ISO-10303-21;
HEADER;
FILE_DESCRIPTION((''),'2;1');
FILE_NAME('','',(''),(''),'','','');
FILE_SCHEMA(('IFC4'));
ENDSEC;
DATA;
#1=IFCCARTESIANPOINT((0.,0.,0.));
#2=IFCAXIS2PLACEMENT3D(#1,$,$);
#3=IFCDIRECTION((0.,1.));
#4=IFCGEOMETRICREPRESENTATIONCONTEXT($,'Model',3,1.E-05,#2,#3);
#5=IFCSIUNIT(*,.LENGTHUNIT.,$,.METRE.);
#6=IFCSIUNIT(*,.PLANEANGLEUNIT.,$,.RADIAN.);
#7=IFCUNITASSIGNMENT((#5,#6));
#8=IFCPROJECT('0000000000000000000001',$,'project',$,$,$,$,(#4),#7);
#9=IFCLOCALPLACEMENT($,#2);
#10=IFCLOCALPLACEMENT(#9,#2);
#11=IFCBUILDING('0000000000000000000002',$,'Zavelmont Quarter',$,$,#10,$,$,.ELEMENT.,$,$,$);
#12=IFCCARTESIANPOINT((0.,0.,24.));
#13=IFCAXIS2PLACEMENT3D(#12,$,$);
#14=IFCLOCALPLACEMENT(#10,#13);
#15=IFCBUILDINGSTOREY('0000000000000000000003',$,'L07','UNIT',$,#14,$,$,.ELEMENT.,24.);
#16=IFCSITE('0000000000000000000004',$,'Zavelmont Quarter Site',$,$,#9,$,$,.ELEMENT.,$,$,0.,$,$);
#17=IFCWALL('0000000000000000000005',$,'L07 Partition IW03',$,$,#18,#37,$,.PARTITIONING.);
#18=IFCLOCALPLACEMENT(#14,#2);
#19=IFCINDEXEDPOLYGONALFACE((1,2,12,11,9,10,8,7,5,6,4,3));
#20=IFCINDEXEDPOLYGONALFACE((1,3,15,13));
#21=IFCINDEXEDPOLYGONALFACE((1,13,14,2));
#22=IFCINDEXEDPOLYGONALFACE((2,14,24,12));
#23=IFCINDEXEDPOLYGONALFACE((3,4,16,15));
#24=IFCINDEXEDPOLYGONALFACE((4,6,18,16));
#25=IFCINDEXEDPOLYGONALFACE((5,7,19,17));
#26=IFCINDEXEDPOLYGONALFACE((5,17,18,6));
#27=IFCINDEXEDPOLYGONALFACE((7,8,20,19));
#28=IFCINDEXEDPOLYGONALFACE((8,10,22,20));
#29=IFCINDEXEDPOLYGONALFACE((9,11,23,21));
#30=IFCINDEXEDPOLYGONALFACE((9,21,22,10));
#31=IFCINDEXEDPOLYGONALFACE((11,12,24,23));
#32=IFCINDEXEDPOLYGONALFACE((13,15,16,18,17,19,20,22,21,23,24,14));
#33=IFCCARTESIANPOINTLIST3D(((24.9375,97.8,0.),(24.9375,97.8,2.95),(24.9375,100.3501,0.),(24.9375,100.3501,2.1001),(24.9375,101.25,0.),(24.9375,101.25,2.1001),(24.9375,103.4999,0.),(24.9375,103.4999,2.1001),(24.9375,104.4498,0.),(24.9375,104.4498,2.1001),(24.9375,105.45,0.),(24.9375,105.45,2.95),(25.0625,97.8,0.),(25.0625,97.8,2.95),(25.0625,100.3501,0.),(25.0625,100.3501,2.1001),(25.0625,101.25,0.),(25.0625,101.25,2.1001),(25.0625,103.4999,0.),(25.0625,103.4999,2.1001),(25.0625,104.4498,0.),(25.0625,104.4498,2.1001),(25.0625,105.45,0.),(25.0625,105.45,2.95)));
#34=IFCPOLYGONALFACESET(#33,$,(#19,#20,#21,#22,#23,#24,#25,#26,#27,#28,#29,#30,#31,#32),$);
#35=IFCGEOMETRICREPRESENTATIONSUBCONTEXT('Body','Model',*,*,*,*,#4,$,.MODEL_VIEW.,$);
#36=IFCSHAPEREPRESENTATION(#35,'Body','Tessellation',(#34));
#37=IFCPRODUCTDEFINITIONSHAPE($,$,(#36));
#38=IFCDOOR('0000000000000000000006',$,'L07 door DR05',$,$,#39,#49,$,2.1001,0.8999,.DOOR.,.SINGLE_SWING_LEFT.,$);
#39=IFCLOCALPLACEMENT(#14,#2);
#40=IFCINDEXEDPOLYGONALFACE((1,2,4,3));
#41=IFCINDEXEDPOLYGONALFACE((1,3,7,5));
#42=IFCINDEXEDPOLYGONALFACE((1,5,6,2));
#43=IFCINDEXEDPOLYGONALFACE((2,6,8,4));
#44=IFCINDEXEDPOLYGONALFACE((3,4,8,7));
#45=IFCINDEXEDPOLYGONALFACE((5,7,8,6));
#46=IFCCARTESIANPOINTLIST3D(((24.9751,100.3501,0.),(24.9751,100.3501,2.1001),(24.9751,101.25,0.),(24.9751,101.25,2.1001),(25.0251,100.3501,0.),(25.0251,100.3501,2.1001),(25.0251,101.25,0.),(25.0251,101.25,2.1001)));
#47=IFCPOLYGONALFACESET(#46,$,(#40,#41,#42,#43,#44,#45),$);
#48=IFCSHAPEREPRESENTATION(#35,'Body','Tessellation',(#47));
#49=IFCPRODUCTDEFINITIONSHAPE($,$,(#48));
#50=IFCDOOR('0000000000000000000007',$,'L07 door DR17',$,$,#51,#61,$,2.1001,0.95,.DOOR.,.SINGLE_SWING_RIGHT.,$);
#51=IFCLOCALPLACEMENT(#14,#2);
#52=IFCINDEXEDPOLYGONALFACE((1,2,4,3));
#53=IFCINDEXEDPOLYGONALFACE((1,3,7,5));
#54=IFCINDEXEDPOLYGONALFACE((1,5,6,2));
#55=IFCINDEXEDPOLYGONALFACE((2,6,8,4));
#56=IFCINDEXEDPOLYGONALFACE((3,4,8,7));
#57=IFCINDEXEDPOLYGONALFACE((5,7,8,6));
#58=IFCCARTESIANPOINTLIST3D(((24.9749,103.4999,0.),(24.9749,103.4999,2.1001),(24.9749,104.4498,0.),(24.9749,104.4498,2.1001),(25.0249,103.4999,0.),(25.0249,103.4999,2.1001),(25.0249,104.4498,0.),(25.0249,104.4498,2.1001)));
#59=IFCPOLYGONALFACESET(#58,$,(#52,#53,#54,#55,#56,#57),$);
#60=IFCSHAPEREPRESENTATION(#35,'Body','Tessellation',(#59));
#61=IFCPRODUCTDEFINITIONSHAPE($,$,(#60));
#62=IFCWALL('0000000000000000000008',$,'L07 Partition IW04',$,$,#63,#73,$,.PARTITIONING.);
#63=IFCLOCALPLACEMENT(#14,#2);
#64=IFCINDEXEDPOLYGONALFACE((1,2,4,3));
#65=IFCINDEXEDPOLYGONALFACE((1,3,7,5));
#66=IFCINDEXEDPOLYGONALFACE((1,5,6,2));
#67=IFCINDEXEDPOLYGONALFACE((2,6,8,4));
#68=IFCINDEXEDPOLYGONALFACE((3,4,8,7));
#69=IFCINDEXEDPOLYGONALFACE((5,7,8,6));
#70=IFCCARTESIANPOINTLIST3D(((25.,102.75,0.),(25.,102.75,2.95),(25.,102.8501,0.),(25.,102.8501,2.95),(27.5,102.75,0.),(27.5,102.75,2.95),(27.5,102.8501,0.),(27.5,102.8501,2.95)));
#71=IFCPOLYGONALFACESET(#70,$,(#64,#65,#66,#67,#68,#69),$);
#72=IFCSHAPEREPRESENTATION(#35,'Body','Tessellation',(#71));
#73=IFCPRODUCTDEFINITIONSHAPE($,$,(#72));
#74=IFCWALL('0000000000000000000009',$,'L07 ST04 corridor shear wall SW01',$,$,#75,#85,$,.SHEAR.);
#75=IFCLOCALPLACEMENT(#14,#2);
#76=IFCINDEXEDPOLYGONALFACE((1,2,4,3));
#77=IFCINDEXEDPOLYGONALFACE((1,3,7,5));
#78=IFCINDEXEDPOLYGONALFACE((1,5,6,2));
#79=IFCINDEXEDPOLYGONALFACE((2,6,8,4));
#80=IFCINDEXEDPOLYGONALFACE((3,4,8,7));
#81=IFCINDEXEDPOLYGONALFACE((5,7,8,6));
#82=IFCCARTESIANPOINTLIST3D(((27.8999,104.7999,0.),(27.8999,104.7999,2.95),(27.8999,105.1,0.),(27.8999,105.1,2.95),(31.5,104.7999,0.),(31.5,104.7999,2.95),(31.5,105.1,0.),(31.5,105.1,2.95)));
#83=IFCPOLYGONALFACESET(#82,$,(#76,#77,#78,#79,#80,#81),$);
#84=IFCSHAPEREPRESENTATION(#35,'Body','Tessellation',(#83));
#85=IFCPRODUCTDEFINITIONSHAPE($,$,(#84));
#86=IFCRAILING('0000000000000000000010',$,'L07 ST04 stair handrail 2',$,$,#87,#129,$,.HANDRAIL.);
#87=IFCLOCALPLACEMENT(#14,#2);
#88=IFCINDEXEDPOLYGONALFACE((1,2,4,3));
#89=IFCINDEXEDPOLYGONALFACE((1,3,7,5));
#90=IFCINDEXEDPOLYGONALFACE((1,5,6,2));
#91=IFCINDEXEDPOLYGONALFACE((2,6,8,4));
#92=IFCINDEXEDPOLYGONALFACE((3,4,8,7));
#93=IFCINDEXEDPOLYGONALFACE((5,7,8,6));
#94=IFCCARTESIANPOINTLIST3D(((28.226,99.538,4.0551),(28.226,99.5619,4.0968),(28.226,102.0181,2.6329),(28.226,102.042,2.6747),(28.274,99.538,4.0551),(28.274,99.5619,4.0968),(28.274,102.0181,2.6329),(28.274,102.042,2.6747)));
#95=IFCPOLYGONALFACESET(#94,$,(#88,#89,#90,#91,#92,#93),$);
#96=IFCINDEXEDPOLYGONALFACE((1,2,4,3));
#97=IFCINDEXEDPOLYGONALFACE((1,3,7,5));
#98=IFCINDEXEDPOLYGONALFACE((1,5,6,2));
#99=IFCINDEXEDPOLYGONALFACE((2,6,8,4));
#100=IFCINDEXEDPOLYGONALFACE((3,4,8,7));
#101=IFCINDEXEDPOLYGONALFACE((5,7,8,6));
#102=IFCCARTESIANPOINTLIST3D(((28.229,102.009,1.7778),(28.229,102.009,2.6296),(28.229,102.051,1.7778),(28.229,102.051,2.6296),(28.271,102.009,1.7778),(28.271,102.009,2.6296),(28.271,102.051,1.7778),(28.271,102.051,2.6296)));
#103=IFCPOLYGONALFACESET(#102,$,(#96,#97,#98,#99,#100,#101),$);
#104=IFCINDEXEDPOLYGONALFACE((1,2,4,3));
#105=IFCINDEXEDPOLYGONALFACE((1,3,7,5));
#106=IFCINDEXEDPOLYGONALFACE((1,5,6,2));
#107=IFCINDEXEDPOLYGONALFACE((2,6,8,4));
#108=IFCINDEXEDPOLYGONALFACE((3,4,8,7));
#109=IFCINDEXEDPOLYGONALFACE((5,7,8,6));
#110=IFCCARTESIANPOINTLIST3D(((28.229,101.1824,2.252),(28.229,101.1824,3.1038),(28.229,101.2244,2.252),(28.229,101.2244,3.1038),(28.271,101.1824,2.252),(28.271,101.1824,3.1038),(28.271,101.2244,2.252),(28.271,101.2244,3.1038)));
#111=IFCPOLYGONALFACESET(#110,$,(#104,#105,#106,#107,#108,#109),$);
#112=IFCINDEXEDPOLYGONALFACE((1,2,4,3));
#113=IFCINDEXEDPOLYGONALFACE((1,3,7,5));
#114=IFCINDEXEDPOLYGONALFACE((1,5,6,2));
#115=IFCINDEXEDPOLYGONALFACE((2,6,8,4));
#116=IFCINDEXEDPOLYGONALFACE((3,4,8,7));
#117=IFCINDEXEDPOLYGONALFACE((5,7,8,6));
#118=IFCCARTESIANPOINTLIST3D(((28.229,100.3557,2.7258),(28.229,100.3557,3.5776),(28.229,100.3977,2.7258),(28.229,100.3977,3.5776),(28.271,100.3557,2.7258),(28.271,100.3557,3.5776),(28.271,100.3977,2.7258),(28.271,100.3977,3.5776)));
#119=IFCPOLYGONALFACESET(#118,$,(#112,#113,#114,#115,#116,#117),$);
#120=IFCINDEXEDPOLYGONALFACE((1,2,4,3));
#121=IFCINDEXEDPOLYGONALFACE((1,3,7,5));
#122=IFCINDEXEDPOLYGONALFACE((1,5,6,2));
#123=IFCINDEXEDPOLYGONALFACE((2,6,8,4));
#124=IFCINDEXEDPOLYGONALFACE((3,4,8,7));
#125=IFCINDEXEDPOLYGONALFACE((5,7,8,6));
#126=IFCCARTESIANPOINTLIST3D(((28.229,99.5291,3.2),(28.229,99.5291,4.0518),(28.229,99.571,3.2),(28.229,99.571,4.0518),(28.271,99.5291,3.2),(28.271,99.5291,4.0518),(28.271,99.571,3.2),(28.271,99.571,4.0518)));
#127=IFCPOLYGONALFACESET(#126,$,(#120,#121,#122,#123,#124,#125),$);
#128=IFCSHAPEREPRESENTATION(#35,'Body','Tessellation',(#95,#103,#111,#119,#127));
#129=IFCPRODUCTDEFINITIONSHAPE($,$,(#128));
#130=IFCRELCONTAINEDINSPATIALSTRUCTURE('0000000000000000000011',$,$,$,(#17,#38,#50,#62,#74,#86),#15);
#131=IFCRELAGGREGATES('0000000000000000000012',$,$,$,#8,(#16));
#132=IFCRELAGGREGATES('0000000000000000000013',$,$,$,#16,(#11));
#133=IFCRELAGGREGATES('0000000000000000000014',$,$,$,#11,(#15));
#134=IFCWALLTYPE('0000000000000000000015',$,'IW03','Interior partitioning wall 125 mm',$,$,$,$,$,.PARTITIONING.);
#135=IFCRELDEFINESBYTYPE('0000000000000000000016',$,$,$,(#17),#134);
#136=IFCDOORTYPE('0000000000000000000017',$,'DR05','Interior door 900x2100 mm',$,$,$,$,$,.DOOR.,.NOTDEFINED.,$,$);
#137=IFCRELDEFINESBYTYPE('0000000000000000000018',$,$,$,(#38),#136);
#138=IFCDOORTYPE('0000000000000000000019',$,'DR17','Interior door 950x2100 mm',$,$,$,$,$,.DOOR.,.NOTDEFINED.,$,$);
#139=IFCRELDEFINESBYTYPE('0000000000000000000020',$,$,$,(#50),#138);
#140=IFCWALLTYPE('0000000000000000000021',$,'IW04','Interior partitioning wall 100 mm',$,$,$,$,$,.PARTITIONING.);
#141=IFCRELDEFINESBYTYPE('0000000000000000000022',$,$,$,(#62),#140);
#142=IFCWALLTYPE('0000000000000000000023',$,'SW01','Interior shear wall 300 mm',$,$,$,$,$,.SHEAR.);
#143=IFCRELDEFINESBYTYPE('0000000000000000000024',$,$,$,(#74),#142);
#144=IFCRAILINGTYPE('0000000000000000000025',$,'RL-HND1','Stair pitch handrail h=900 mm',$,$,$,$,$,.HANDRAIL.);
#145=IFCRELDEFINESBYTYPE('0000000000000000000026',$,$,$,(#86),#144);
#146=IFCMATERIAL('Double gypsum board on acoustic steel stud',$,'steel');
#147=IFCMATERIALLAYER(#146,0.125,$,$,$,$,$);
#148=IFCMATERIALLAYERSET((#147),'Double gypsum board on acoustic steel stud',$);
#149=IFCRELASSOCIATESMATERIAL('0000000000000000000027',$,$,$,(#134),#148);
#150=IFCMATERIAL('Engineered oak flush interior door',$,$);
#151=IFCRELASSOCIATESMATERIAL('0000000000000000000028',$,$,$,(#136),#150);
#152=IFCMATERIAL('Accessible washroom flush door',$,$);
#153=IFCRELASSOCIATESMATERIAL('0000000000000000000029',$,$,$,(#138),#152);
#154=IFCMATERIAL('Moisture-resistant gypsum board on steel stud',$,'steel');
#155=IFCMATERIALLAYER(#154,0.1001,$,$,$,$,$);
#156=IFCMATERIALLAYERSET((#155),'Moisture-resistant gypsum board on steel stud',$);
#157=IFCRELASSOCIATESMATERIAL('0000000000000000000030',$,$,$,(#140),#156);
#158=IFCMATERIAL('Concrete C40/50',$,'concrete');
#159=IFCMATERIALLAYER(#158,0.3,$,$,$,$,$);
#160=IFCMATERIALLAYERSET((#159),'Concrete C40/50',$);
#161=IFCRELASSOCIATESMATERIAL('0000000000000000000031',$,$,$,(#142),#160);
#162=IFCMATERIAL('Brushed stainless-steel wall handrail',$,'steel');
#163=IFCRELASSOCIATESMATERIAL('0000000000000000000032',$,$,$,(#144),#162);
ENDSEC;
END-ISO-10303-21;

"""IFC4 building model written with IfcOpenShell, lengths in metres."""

from ifc_helpers import new_model, si_unit, direction, frame, frame_2d, origin, origin_with_axes, origin_2d, place, context, subcontext, project, spatial, rectangle, extrude, material, layer, layer_set, type_object, element, fill, save


model = new_model("IFC4")

# Units and contexts
model_context = context("Model", 3, precision=1e-05, world=origin(), true_north=direction((0.0, 1.0)))
body_context = subcontext(model_context, "Body", "Model", "MODEL_VIEW")
ifc_project = project(units=[si_unit("LENGTHUNIT", "METRE"), si_unit("PLANEANGLEUNIT", "RADIAN")], contexts=[model_context])

# Site, building, storey
site_placement = place(None, origin())
site = spatial("IfcSite", under=ifc_project, at=site_placement, Name="Zavelmont Quarter Site", CompositionType="ELEMENT", RefElevation=0.0)
building_placement = place(site_placement, origin())
building = spatial("IfcBuilding", under=site, at=building_placement, Name="Zavelmont Quarter", CompositionType="ELEMENT")
storey_placement = place(building_placement, frame((0.0, 0.0, 24.0)))
storey = spatial("IfcBuildingStorey", under=building, at=storey_placement, Name="L07", Description="UNIT", CompositionType="ELEMENT", Elevation=24.0)

# Shared definitions
ifc_material_1 = material(Name="Concrete C40/50", Category="concrete")

# Wall, openings, doors
ifc_material_2 = material(Name="Double gypsum board on acoustic steel stud", Category="steel")
ifc_layer_1 = layer(ifc_material_2, 0.125)
ifc_layer_set_1 = layer_set([ifc_layer_1], Name="Double gypsum board on acoustic steel stud")
wall_type_1 = type_object("IfcWallType", Name="IW03", Description="Interior partitioning wall 125 mm", PredefinedType="PARTITIONING", material=ifc_layer_set_1)
wall_1_placement = place(storey_placement, frame((25.0, 105.45, 0.0), z_axis=(0.0, 0.0, 1.0), x_axis=(0.0, -1.0, 0.0)))
wall_1 = element("IfcWall", 1, at=wall_1_placement, inside=storey, type_object=wall_type_1, Name="L07 Partition IW03", PredefinedType="PARTITIONING", context=body_context, shape_type="SweptSolid", body=[
    extrude(rectangle(XDim=7.6499, YDim=0.125, at=frame_2d((3.825, 0.0))), origin(), (0.0, 0.0, 1.0), 2.95),
])
opening_1_placement = place(wall_1_placement, frame((1.0, 0.0, 0.0)))
opening_1 = element("IfcOpeningElement", 2, at=opening_1_placement, cuts=wall_1, PredefinedType="OPENING", context=body_context, shape_type="SweptSolid", body=[
    extrude(rectangle(XDim=0.95, YDim=2.1001, at=frame_2d((0.4751, 1.05))), frame((0.0, 0.0745, 0.0), z_axis=(0.0, -1.0, 0.0), x_axis=(1.0, 0.0, 0.0)), (0.0, 0.0, 1.0), 0.1489),
])
opening_2_placement = place(wall_1_placement, frame((4.2, 0.0, 0.0)))
opening_2 = element("IfcOpeningElement", 3, at=opening_2_placement, cuts=wall_1, PredefinedType="OPENING", context=body_context, shape_type="SweptSolid", body=[
    extrude(rectangle(XDim=0.8999, YDim=2.1001, at=frame_2d((0.45, 1.05))), frame((0.0, 0.0745, 0.0), z_axis=(0.0, -1.0, 0.0), x_axis=(1.0, 0.0, 0.0)), (0.0, 0.0, 1.0), 0.1489),
])
ifc_material_3 = material(Name="Engineered oak flush interior door")
door_type_1 = type_object("IfcDoorType", Name="DR05", Description="Interior door 900x2100 mm", OperationType="NOTDEFINED", PredefinedType="DOOR", material=ifc_material_3)
door_1_placement = place(opening_2_placement, frame((0.8999, 0.0, 0.0), z_axis=(0.0, 0.0, 1.0), x_axis=(-1.0, 0.0, 0.0)))
door_1 = element("IfcDoor", 4, at=door_1_placement, inside=storey, type_object=door_type_1, Name="L07 door DR05", OperationType="SINGLE_SWING_LEFT", OverallHeight=2.1001, OverallWidth=0.8999, PredefinedType="DOOR", context=body_context, shape_type="SweptSolid", body=[
    extrude(rectangle(XDim=0.8999, YDim=2.1001, at=frame_2d((0.45, 1.05))), frame((0.0, 0.0249, 0.0), z_axis=(0.0, -1.0, 0.0), x_axis=(1.0, 0.0, 0.0)), (0.0, 0.0, 1.0), 0.05),
])
fill(opening_2, door_1)
ifc_material_4 = material(Name="Accessible washroom flush door")
door_type_2 = type_object("IfcDoorType", Name="DR17", Description="Interior door 950x2100 mm", OperationType="NOTDEFINED", PredefinedType="DOOR", material=ifc_material_4)
door_2_placement = place(opening_1_placement, origin_with_axes())
door_2 = element("IfcDoor", 5, at=door_2_placement, inside=storey, type_object=door_type_2, Name="L07 door DR17", OperationType="SINGLE_SWING_RIGHT", OverallHeight=2.1001, OverallWidth=0.95, PredefinedType="DOOR", context=body_context, shape_type="SweptSolid", body=[
    extrude(rectangle(XDim=0.95, YDim=2.1001, at=frame_2d((0.4751, 1.05))), frame((0.0, 0.0249, 0.0), z_axis=(0.0, -1.0, 0.0), x_axis=(1.0, 0.0, 0.0)), (0.0, 0.0, 1.0), 0.05),
])
fill(opening_1, door_2)

# Walls
ifc_material_5 = material(Name="Moisture-resistant gypsum board on steel stud", Category="steel")
ifc_layer_2 = layer(ifc_material_5, 0.1001)
ifc_layer_set_2 = layer_set([ifc_layer_2], Name="Moisture-resistant gypsum board on steel stud")
wall_type_2 = type_object("IfcWallType", Name="IW04", Description="Interior partitioning wall 100 mm", PredefinedType="PARTITIONING", material=ifc_layer_set_2)
wall_2_placement = place(storey_placement, frame((25.0, 102.8, 0.0), z_axis=(0.0, 0.0, 1.0), x_axis=(1.0, 0.0, 0.0)))
element("IfcWall", 6, at=wall_2_placement, inside=storey, type_object=wall_type_2, Name="L07 Partition IW04", PredefinedType="PARTITIONING", context=body_context, shape_type="SweptSolid", body=[
    extrude(rectangle(XDim=2.5, YDim=0.1001, at=frame_2d((1.25, 0.0))), origin(), (0.0, 0.0, 1.0), 2.95),
])
ifc_layer_3 = layer(ifc_material_1, 0.3)
ifc_layer_set_3 = layer_set([ifc_layer_3], Name="Concrete C40/50")
wall_type_3 = type_object("IfcWallType", Name="SW01", Description="Interior shear wall 300 mm", PredefinedType="SHEAR", material=ifc_layer_set_3)
wall_3_placement = place(storey_placement, frame((27.8999, 104.95, 0.0), z_axis=(0.0, 0.0, 1.0), x_axis=(1.0, 0.0, 0.0)))
element("IfcWall", 7, at=wall_3_placement, inside=storey, type_object=wall_type_3, Name="L07 ST04 corridor shear wall SW01", PredefinedType="SHEAR", context=body_context, shape_type="SweptSolid", body=[
    extrude(rectangle(XDim=3.6001, YDim=0.3, at=frame_2d((1.8, 0.0))), origin(), (0.0, 0.0, 1.0), 2.95),
])

# Railing
ifc_material_6 = material(Name="Brushed stainless-steel wall handrail", Category="steel")
railing_type = type_object("IfcRailingType", Name="RL-HND1", Description="Stair pitch handrail h=900 mm", PredefinedType="HANDRAIL", material=ifc_material_6)
railing_placement = place(storey_placement, frame((28.25, 102.03, 1.7778)))
element("IfcRailing", 8, at=railing_placement, inside=storey, type_object=railing_type, Name="L07 ST04 stair handrail 2", PredefinedType="HANDRAIL", context=body_context, shape_type="SweptSolid", body=[
    extrude(rectangle(XDim=0.0481, YDim=0.0481, at=origin_2d()), frame((0.0, 0.0, 0.876), z_axis=(0.0, -0.867491, 0.497454), x_axis=(1.0, 0.0, 0.0)), (0.0, 0.0, 1.0), 2.8589),
    extrude(rectangle(XDim=0.042, YDim=0.042, at=origin_2d()), origin(), (0.0, 0.0, 1.0), 0.8518),
    extrude(rectangle(XDim=0.042, YDim=0.042, at=origin_2d()), frame((0.0, -0.8267, 0.4741)), (0.0, 0.0, 1.0), 0.8518),
    extrude(rectangle(XDim=0.042, YDim=0.042, at=origin_2d()), frame((0.0, -1.6533, 0.948)), (0.0, 0.0, 1.0), 0.8518),
    extrude(rectangle(XDim=0.042, YDim=0.042, at=origin_2d()), frame((0.0, -2.48, 1.4221)), (0.0, 0.0, 1.0), 0.8518),
])

save(model, "model.ifc")
